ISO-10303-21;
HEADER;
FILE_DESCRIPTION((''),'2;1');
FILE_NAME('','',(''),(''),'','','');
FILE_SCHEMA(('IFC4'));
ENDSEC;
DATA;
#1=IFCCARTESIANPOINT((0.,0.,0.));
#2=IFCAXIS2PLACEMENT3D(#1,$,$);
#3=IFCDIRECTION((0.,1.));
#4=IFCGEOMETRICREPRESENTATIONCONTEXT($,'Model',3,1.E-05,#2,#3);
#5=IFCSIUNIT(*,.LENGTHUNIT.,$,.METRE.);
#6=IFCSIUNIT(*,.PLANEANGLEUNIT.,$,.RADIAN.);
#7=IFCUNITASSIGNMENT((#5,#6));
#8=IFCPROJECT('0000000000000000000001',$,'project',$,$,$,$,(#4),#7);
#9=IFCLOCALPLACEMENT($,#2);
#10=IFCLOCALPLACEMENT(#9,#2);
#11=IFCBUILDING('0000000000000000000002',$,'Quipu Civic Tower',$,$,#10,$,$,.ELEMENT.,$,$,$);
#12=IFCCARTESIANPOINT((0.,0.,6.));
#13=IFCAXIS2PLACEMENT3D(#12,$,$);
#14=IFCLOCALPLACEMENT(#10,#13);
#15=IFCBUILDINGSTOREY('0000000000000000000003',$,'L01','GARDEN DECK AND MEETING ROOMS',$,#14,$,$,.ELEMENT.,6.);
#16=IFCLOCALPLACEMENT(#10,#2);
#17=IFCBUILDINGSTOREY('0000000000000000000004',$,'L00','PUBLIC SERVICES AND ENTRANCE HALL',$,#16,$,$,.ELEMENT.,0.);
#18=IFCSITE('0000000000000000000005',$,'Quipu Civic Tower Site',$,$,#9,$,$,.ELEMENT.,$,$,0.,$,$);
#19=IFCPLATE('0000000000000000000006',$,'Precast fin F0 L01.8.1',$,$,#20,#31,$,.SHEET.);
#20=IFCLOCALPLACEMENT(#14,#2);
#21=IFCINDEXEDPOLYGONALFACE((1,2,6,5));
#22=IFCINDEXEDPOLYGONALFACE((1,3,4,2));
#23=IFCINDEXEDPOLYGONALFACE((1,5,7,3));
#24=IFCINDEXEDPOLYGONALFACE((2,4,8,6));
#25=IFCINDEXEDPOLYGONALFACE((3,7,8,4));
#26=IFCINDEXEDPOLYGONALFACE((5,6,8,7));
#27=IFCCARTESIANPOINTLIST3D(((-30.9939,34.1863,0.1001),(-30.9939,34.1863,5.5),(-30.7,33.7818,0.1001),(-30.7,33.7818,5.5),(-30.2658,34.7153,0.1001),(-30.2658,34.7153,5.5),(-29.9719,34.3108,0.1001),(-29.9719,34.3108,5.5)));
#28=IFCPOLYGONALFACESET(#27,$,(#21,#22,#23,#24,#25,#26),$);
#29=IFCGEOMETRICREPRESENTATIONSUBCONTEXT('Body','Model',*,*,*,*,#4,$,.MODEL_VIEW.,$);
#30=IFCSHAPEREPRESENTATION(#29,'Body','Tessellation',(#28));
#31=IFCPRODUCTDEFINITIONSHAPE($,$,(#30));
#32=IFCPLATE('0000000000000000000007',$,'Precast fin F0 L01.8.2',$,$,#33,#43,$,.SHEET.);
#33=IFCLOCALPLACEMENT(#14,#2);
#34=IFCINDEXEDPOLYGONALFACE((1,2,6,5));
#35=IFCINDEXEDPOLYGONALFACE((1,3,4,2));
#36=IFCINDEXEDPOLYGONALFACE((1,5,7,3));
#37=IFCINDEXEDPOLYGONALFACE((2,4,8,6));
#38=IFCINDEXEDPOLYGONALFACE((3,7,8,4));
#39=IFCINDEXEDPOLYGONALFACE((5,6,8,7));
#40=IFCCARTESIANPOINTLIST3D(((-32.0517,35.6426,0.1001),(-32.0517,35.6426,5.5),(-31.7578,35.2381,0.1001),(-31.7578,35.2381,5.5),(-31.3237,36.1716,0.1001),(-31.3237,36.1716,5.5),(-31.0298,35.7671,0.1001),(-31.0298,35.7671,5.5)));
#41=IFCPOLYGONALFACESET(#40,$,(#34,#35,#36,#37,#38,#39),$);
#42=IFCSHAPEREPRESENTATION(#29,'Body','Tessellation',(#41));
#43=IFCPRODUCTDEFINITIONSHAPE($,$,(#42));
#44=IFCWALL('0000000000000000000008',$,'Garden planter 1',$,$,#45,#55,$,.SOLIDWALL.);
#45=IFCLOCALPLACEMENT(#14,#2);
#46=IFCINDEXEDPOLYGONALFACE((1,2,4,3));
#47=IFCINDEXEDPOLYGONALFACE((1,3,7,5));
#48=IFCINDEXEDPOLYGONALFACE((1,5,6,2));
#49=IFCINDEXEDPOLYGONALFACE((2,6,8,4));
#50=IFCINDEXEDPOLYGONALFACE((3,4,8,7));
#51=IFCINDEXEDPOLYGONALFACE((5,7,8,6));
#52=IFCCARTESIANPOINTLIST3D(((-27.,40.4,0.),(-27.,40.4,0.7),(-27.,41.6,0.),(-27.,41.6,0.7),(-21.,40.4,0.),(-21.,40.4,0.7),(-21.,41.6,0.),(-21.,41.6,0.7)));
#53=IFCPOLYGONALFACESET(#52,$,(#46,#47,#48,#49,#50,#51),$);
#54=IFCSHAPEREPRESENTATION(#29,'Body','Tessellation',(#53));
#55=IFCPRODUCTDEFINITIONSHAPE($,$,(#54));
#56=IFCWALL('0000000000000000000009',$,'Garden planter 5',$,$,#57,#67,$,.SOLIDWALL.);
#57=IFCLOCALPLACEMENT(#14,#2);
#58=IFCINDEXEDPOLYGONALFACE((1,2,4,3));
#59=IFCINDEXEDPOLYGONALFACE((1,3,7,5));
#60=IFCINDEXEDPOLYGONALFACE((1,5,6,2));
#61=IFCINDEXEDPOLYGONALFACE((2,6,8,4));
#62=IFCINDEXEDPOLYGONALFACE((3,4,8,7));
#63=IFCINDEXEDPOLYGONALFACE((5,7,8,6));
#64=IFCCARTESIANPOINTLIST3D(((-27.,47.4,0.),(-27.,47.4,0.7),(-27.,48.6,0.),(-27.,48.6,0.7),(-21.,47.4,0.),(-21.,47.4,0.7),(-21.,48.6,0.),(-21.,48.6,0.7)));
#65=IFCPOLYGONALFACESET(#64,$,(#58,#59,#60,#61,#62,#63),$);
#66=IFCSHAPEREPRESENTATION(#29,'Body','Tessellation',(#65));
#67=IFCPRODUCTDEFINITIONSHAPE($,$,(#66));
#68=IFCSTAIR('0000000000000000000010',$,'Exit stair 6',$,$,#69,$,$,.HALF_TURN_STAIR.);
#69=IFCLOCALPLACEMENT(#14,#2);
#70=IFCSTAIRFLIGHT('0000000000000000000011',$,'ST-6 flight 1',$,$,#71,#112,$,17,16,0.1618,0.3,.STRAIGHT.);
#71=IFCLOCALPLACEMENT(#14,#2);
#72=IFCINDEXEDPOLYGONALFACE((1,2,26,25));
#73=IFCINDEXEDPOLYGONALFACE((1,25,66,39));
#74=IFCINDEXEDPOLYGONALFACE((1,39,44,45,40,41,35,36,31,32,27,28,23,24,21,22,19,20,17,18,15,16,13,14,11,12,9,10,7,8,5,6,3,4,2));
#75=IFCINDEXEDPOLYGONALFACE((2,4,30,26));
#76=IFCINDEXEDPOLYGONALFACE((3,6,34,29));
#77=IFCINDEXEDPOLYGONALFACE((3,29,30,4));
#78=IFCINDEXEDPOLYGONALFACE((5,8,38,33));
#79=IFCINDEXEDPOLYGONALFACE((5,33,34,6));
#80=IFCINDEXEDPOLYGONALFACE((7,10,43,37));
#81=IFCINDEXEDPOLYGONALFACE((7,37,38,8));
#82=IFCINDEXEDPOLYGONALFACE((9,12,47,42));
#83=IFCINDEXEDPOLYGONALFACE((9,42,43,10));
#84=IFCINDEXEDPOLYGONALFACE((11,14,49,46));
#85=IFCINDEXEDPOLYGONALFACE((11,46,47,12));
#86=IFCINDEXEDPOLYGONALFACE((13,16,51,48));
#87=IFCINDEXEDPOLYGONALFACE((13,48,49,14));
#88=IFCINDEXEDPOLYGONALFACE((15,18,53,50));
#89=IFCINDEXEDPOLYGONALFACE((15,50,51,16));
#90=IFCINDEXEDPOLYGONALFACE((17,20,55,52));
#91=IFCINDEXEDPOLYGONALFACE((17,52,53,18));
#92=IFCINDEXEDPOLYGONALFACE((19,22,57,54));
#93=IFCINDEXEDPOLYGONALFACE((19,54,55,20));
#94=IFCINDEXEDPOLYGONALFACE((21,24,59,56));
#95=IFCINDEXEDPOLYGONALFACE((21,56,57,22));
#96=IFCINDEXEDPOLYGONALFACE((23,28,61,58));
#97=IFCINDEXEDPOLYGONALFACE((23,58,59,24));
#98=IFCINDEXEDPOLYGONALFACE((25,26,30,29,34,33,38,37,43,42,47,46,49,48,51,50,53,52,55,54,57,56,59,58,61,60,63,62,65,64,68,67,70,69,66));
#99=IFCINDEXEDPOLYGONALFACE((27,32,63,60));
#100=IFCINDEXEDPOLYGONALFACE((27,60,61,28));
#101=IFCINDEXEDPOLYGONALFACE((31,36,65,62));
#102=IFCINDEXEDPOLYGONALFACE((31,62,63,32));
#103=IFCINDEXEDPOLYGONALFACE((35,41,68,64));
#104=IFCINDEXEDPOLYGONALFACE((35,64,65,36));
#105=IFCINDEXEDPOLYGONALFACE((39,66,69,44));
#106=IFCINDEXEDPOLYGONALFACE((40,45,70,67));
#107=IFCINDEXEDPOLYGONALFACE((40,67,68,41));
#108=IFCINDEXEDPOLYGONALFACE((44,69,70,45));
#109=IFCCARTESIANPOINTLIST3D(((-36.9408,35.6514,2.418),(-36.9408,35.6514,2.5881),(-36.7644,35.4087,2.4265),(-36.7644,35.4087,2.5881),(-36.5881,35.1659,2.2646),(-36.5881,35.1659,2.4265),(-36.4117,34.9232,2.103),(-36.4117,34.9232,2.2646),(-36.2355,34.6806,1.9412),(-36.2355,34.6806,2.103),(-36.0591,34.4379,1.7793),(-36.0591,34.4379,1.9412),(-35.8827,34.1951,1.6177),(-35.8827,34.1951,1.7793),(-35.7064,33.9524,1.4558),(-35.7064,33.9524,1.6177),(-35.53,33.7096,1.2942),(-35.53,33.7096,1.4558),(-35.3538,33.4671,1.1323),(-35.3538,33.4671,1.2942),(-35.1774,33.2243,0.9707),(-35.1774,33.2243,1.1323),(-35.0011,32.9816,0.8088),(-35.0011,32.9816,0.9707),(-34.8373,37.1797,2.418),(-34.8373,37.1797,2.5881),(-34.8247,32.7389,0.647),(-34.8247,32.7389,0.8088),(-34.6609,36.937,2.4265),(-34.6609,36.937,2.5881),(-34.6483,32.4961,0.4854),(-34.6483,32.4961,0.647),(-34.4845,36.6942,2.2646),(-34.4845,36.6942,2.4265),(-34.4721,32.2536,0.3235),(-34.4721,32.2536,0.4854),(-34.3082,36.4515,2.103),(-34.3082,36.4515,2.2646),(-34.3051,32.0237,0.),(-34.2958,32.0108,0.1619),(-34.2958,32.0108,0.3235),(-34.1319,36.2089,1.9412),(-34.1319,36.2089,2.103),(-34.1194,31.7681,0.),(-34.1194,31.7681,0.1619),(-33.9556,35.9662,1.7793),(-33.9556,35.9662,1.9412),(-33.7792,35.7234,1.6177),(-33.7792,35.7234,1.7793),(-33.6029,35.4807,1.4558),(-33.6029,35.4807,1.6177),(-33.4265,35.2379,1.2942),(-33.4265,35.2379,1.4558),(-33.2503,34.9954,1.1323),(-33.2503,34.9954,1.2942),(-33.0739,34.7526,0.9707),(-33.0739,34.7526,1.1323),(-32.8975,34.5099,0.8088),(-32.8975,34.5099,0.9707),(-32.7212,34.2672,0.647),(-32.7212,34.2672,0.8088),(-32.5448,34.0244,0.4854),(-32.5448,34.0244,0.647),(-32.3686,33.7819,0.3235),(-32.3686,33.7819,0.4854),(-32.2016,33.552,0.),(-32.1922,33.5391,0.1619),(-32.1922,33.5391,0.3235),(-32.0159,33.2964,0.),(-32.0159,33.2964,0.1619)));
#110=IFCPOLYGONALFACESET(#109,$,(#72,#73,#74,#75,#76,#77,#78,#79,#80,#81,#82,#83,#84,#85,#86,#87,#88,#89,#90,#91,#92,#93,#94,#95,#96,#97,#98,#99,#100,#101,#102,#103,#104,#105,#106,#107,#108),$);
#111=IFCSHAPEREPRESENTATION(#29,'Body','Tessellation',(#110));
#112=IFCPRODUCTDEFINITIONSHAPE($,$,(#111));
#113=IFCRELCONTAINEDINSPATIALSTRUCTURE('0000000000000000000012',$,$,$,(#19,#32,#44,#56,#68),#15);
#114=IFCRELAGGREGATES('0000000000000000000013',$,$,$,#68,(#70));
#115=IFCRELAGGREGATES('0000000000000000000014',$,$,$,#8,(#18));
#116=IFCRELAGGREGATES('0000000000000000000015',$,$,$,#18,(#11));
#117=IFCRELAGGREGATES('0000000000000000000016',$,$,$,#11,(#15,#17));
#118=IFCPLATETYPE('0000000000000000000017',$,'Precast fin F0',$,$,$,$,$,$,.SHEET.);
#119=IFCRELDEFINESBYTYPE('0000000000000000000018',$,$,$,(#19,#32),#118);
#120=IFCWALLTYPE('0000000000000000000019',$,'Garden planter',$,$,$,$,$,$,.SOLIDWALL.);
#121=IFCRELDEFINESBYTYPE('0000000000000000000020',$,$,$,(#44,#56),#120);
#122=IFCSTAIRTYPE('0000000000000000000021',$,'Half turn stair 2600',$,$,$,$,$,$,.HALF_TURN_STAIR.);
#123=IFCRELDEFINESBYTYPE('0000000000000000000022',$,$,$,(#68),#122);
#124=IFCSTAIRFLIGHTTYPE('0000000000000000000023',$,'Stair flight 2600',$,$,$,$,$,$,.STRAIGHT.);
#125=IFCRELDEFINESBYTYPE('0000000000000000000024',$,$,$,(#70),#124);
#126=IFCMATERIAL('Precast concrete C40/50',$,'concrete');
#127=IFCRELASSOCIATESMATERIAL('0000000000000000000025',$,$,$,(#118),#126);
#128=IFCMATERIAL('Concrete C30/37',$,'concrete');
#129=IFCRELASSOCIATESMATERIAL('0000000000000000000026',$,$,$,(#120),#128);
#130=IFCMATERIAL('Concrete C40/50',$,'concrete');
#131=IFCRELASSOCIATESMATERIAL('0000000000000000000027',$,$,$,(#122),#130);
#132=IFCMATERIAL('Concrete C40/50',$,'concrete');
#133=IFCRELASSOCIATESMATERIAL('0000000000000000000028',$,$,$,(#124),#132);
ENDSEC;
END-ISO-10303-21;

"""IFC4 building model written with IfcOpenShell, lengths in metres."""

from ifc_helpers import new_model, si_unit, direction, frame, frame_2d, origin, origin_2d, place, context, subcontext, project, spatial, polyline, rectangle, outline, extrude, material, type_object, element, aggregate, save


model = new_model("IFC4")

# Units and contexts
model_context = context("Model", 3, precision=1e-05, world=origin(), true_north=direction((0.0, 1.0)))
body_context = subcontext(model_context, "Body", "Model", "MODEL_VIEW")
ifc_project = project(units=[si_unit("LENGTHUNIT", "METRE"), si_unit("PLANEANGLEUNIT", "RADIAN")], contexts=[model_context])

# Site, building, storey
site_placement = place(None, origin())
site = spatial("IfcSite", under=ifc_project, at=site_placement, Name="Quipu Civic Tower Site", CompositionType="ELEMENT", RefElevation=0.0)
building_placement = place(site_placement, origin())
building = spatial("IfcBuilding", under=site, at=building_placement, Name="Quipu Civic Tower", CompositionType="ELEMENT")
storey_1_placement = place(building_placement, frame((0.0, 0.0, 6.0)))
storey_1 = spatial("IfcBuildingStorey", under=building, at=storey_1_placement, Name="L01", Description="GARDEN DECK AND MEETING ROOMS", CompositionType="ELEMENT", Elevation=6.0)

# Shared definitions
storey_2_placement = place(building_placement, origin())
storey_2 = spatial("IfcBuildingStorey", under=building, at=storey_2_placement, Name="L00", Description="PUBLIC SERVICES AND ENTRANCE HALL", CompositionType="ELEMENT", Elevation=0.0)

# Plates
ifc_material_1 = material(Name="Precast concrete C40/50", Category="concrete")
plate_type_1 = type_object("IfcPlateType", Name="Precast fin F0", PredefinedType="SHEET", material=ifc_material_1)
for number, where, z_axis, x_axis, name in (
    (1, (-30.4829, 34.2485, 0.1001), (0.0, 0.0, 1.0), (-0.587785, 0.809017, 0.0), "Precast fin F0 L01.8.1"),
    (2, (-31.5408, 35.7048, 0.1001), (0.0, 0.0, 1.0), (-0.587785, 0.809017, 0.0), "Precast fin F0 L01.8.2"),
):
    element("IfcPlate", number, at=place(storey_1_placement, frame(where, z_axis=z_axis, x_axis=x_axis)), inside=storey_1, type_object=plate_type_1, Name=name, PredefinedType="SHEET", context=body_context, shape_type="SweptSolid", body=[
        extrude(rectangle(XDim=0.5, YDim=0.8999, at=origin_2d()), origin(), (0.0, 0.0, 1.0), 5.3999),
    ])

# Walls
ifc_material_2 = material(Name="Concrete C30/37", Category="concrete")
wall_type = type_object("IfcWallType", Name="Garden planter", PredefinedType="SOLIDWALL", material=ifc_material_2)
for number, where, z_axis, x_axis, name in (
    (3, (-27.0, 41.0, 0.0), (0.0, 0.0, 1.0), (1.0, 0.0, 0.0), "Garden planter 1"),
    (4, (-27.0, 48.0, 0.0), (0.0, 0.0, 1.0), (1.0, 0.0, 0.0), "Garden planter 5"),
):
    element("IfcWall", number, at=place(storey_1_placement, frame(where, z_axis=z_axis, x_axis=x_axis)), inside=storey_1, type_object=wall_type, Name=name, PredefinedType="SOLIDWALL", context=body_context, shape_type="SweptSolid", body=[
        extrude(rectangle(XDim=6.0, YDim=1.2, at=frame_2d((3.0, 0.0))), origin(), (0.0, 0.0, 1.0), 0.7),
    ])

# Stair, stair flight
ifc_material_3 = material(Name="Concrete C40/50", Category="concrete")
stair_type = type_object("IfcStairType", Name="Half turn stair 2600", PredefinedType="HALF_TURN_STAIR", material=ifc_material_3)
stair_placement = place(storey_1_placement, origin())
stair = element("IfcStair", 5, at=stair_placement, inside=storey_1, type_object=stair_type, Name="Exit stair 6", PredefinedType="HALF_TURN_STAIR")
ifc_material_4 = material(Name="Concrete C40/50", Category="concrete")
stair_flight_type = type_object("IfcStairFlightType", Name="Stair flight 2600", PredefinedType="STRAIGHT", material=ifc_material_4)
stair_flight_placement = place(storey_1_placement, frame((-33.0676, 32.5322, 0.0), z_axis=(0.0, 0.0, 1.0), x_axis=(-0.587785, 0.809017, 0.0)))
stair_flight = element("IfcStairFlight", 6, at=stair_flight_placement, type_object=stair_flight_type, Name="ST-6 flight 1", NumberOfRisers=17, NumberOfTreads=16, PredefinedType="STRAIGHT", RiserHeight=0.1618, TreadLength=0.3, context=body_context, shape_type="SweptSolid", body=[
    extrude(outline(polyline([(0.0, 0.0), (0.0, 0.1619), (0.3, 0.1619), (0.3, 0.3235), (0.6001, 0.3235), (0.6001, 0.4854), (0.8999, 0.4854), (0.8999, 0.647), (1.2, 0.647), (1.2, 0.8088), (1.5, 0.8088), (1.5, 0.9707), (1.8, 0.9707), (1.8, 1.1323), (2.1001, 1.1323), (2.1001, 1.2942), (2.3999, 1.2942), (2.3999, 1.4558), (2.7, 1.4558), (2.7, 1.6177), (3.0, 1.6177), (3.0, 1.7793), (3.3, 1.7793), (3.3, 1.9412), (3.6001, 1.9412), (3.6001, 2.103), (3.8999, 2.103), (3.8999, 2.2646), (4.2, 2.2646), (4.2, 2.4265), (4.5, 2.4265), (4.5, 2.5881), (4.8, 2.5881), (4.8, 2.75), (4.8, 2.418), (0.3159, 0.0), (0.0, 0.0)])), frame((0.0, 1.3, 0.0), z_axis=(0.0, -1.0, 0.0), x_axis=(1.0, 0.0, 0.0)), (0.0, 0.0, 1.0), 2.6001),
])
aggregate(stair, [stair_flight])

save(model, "model.ifc")
